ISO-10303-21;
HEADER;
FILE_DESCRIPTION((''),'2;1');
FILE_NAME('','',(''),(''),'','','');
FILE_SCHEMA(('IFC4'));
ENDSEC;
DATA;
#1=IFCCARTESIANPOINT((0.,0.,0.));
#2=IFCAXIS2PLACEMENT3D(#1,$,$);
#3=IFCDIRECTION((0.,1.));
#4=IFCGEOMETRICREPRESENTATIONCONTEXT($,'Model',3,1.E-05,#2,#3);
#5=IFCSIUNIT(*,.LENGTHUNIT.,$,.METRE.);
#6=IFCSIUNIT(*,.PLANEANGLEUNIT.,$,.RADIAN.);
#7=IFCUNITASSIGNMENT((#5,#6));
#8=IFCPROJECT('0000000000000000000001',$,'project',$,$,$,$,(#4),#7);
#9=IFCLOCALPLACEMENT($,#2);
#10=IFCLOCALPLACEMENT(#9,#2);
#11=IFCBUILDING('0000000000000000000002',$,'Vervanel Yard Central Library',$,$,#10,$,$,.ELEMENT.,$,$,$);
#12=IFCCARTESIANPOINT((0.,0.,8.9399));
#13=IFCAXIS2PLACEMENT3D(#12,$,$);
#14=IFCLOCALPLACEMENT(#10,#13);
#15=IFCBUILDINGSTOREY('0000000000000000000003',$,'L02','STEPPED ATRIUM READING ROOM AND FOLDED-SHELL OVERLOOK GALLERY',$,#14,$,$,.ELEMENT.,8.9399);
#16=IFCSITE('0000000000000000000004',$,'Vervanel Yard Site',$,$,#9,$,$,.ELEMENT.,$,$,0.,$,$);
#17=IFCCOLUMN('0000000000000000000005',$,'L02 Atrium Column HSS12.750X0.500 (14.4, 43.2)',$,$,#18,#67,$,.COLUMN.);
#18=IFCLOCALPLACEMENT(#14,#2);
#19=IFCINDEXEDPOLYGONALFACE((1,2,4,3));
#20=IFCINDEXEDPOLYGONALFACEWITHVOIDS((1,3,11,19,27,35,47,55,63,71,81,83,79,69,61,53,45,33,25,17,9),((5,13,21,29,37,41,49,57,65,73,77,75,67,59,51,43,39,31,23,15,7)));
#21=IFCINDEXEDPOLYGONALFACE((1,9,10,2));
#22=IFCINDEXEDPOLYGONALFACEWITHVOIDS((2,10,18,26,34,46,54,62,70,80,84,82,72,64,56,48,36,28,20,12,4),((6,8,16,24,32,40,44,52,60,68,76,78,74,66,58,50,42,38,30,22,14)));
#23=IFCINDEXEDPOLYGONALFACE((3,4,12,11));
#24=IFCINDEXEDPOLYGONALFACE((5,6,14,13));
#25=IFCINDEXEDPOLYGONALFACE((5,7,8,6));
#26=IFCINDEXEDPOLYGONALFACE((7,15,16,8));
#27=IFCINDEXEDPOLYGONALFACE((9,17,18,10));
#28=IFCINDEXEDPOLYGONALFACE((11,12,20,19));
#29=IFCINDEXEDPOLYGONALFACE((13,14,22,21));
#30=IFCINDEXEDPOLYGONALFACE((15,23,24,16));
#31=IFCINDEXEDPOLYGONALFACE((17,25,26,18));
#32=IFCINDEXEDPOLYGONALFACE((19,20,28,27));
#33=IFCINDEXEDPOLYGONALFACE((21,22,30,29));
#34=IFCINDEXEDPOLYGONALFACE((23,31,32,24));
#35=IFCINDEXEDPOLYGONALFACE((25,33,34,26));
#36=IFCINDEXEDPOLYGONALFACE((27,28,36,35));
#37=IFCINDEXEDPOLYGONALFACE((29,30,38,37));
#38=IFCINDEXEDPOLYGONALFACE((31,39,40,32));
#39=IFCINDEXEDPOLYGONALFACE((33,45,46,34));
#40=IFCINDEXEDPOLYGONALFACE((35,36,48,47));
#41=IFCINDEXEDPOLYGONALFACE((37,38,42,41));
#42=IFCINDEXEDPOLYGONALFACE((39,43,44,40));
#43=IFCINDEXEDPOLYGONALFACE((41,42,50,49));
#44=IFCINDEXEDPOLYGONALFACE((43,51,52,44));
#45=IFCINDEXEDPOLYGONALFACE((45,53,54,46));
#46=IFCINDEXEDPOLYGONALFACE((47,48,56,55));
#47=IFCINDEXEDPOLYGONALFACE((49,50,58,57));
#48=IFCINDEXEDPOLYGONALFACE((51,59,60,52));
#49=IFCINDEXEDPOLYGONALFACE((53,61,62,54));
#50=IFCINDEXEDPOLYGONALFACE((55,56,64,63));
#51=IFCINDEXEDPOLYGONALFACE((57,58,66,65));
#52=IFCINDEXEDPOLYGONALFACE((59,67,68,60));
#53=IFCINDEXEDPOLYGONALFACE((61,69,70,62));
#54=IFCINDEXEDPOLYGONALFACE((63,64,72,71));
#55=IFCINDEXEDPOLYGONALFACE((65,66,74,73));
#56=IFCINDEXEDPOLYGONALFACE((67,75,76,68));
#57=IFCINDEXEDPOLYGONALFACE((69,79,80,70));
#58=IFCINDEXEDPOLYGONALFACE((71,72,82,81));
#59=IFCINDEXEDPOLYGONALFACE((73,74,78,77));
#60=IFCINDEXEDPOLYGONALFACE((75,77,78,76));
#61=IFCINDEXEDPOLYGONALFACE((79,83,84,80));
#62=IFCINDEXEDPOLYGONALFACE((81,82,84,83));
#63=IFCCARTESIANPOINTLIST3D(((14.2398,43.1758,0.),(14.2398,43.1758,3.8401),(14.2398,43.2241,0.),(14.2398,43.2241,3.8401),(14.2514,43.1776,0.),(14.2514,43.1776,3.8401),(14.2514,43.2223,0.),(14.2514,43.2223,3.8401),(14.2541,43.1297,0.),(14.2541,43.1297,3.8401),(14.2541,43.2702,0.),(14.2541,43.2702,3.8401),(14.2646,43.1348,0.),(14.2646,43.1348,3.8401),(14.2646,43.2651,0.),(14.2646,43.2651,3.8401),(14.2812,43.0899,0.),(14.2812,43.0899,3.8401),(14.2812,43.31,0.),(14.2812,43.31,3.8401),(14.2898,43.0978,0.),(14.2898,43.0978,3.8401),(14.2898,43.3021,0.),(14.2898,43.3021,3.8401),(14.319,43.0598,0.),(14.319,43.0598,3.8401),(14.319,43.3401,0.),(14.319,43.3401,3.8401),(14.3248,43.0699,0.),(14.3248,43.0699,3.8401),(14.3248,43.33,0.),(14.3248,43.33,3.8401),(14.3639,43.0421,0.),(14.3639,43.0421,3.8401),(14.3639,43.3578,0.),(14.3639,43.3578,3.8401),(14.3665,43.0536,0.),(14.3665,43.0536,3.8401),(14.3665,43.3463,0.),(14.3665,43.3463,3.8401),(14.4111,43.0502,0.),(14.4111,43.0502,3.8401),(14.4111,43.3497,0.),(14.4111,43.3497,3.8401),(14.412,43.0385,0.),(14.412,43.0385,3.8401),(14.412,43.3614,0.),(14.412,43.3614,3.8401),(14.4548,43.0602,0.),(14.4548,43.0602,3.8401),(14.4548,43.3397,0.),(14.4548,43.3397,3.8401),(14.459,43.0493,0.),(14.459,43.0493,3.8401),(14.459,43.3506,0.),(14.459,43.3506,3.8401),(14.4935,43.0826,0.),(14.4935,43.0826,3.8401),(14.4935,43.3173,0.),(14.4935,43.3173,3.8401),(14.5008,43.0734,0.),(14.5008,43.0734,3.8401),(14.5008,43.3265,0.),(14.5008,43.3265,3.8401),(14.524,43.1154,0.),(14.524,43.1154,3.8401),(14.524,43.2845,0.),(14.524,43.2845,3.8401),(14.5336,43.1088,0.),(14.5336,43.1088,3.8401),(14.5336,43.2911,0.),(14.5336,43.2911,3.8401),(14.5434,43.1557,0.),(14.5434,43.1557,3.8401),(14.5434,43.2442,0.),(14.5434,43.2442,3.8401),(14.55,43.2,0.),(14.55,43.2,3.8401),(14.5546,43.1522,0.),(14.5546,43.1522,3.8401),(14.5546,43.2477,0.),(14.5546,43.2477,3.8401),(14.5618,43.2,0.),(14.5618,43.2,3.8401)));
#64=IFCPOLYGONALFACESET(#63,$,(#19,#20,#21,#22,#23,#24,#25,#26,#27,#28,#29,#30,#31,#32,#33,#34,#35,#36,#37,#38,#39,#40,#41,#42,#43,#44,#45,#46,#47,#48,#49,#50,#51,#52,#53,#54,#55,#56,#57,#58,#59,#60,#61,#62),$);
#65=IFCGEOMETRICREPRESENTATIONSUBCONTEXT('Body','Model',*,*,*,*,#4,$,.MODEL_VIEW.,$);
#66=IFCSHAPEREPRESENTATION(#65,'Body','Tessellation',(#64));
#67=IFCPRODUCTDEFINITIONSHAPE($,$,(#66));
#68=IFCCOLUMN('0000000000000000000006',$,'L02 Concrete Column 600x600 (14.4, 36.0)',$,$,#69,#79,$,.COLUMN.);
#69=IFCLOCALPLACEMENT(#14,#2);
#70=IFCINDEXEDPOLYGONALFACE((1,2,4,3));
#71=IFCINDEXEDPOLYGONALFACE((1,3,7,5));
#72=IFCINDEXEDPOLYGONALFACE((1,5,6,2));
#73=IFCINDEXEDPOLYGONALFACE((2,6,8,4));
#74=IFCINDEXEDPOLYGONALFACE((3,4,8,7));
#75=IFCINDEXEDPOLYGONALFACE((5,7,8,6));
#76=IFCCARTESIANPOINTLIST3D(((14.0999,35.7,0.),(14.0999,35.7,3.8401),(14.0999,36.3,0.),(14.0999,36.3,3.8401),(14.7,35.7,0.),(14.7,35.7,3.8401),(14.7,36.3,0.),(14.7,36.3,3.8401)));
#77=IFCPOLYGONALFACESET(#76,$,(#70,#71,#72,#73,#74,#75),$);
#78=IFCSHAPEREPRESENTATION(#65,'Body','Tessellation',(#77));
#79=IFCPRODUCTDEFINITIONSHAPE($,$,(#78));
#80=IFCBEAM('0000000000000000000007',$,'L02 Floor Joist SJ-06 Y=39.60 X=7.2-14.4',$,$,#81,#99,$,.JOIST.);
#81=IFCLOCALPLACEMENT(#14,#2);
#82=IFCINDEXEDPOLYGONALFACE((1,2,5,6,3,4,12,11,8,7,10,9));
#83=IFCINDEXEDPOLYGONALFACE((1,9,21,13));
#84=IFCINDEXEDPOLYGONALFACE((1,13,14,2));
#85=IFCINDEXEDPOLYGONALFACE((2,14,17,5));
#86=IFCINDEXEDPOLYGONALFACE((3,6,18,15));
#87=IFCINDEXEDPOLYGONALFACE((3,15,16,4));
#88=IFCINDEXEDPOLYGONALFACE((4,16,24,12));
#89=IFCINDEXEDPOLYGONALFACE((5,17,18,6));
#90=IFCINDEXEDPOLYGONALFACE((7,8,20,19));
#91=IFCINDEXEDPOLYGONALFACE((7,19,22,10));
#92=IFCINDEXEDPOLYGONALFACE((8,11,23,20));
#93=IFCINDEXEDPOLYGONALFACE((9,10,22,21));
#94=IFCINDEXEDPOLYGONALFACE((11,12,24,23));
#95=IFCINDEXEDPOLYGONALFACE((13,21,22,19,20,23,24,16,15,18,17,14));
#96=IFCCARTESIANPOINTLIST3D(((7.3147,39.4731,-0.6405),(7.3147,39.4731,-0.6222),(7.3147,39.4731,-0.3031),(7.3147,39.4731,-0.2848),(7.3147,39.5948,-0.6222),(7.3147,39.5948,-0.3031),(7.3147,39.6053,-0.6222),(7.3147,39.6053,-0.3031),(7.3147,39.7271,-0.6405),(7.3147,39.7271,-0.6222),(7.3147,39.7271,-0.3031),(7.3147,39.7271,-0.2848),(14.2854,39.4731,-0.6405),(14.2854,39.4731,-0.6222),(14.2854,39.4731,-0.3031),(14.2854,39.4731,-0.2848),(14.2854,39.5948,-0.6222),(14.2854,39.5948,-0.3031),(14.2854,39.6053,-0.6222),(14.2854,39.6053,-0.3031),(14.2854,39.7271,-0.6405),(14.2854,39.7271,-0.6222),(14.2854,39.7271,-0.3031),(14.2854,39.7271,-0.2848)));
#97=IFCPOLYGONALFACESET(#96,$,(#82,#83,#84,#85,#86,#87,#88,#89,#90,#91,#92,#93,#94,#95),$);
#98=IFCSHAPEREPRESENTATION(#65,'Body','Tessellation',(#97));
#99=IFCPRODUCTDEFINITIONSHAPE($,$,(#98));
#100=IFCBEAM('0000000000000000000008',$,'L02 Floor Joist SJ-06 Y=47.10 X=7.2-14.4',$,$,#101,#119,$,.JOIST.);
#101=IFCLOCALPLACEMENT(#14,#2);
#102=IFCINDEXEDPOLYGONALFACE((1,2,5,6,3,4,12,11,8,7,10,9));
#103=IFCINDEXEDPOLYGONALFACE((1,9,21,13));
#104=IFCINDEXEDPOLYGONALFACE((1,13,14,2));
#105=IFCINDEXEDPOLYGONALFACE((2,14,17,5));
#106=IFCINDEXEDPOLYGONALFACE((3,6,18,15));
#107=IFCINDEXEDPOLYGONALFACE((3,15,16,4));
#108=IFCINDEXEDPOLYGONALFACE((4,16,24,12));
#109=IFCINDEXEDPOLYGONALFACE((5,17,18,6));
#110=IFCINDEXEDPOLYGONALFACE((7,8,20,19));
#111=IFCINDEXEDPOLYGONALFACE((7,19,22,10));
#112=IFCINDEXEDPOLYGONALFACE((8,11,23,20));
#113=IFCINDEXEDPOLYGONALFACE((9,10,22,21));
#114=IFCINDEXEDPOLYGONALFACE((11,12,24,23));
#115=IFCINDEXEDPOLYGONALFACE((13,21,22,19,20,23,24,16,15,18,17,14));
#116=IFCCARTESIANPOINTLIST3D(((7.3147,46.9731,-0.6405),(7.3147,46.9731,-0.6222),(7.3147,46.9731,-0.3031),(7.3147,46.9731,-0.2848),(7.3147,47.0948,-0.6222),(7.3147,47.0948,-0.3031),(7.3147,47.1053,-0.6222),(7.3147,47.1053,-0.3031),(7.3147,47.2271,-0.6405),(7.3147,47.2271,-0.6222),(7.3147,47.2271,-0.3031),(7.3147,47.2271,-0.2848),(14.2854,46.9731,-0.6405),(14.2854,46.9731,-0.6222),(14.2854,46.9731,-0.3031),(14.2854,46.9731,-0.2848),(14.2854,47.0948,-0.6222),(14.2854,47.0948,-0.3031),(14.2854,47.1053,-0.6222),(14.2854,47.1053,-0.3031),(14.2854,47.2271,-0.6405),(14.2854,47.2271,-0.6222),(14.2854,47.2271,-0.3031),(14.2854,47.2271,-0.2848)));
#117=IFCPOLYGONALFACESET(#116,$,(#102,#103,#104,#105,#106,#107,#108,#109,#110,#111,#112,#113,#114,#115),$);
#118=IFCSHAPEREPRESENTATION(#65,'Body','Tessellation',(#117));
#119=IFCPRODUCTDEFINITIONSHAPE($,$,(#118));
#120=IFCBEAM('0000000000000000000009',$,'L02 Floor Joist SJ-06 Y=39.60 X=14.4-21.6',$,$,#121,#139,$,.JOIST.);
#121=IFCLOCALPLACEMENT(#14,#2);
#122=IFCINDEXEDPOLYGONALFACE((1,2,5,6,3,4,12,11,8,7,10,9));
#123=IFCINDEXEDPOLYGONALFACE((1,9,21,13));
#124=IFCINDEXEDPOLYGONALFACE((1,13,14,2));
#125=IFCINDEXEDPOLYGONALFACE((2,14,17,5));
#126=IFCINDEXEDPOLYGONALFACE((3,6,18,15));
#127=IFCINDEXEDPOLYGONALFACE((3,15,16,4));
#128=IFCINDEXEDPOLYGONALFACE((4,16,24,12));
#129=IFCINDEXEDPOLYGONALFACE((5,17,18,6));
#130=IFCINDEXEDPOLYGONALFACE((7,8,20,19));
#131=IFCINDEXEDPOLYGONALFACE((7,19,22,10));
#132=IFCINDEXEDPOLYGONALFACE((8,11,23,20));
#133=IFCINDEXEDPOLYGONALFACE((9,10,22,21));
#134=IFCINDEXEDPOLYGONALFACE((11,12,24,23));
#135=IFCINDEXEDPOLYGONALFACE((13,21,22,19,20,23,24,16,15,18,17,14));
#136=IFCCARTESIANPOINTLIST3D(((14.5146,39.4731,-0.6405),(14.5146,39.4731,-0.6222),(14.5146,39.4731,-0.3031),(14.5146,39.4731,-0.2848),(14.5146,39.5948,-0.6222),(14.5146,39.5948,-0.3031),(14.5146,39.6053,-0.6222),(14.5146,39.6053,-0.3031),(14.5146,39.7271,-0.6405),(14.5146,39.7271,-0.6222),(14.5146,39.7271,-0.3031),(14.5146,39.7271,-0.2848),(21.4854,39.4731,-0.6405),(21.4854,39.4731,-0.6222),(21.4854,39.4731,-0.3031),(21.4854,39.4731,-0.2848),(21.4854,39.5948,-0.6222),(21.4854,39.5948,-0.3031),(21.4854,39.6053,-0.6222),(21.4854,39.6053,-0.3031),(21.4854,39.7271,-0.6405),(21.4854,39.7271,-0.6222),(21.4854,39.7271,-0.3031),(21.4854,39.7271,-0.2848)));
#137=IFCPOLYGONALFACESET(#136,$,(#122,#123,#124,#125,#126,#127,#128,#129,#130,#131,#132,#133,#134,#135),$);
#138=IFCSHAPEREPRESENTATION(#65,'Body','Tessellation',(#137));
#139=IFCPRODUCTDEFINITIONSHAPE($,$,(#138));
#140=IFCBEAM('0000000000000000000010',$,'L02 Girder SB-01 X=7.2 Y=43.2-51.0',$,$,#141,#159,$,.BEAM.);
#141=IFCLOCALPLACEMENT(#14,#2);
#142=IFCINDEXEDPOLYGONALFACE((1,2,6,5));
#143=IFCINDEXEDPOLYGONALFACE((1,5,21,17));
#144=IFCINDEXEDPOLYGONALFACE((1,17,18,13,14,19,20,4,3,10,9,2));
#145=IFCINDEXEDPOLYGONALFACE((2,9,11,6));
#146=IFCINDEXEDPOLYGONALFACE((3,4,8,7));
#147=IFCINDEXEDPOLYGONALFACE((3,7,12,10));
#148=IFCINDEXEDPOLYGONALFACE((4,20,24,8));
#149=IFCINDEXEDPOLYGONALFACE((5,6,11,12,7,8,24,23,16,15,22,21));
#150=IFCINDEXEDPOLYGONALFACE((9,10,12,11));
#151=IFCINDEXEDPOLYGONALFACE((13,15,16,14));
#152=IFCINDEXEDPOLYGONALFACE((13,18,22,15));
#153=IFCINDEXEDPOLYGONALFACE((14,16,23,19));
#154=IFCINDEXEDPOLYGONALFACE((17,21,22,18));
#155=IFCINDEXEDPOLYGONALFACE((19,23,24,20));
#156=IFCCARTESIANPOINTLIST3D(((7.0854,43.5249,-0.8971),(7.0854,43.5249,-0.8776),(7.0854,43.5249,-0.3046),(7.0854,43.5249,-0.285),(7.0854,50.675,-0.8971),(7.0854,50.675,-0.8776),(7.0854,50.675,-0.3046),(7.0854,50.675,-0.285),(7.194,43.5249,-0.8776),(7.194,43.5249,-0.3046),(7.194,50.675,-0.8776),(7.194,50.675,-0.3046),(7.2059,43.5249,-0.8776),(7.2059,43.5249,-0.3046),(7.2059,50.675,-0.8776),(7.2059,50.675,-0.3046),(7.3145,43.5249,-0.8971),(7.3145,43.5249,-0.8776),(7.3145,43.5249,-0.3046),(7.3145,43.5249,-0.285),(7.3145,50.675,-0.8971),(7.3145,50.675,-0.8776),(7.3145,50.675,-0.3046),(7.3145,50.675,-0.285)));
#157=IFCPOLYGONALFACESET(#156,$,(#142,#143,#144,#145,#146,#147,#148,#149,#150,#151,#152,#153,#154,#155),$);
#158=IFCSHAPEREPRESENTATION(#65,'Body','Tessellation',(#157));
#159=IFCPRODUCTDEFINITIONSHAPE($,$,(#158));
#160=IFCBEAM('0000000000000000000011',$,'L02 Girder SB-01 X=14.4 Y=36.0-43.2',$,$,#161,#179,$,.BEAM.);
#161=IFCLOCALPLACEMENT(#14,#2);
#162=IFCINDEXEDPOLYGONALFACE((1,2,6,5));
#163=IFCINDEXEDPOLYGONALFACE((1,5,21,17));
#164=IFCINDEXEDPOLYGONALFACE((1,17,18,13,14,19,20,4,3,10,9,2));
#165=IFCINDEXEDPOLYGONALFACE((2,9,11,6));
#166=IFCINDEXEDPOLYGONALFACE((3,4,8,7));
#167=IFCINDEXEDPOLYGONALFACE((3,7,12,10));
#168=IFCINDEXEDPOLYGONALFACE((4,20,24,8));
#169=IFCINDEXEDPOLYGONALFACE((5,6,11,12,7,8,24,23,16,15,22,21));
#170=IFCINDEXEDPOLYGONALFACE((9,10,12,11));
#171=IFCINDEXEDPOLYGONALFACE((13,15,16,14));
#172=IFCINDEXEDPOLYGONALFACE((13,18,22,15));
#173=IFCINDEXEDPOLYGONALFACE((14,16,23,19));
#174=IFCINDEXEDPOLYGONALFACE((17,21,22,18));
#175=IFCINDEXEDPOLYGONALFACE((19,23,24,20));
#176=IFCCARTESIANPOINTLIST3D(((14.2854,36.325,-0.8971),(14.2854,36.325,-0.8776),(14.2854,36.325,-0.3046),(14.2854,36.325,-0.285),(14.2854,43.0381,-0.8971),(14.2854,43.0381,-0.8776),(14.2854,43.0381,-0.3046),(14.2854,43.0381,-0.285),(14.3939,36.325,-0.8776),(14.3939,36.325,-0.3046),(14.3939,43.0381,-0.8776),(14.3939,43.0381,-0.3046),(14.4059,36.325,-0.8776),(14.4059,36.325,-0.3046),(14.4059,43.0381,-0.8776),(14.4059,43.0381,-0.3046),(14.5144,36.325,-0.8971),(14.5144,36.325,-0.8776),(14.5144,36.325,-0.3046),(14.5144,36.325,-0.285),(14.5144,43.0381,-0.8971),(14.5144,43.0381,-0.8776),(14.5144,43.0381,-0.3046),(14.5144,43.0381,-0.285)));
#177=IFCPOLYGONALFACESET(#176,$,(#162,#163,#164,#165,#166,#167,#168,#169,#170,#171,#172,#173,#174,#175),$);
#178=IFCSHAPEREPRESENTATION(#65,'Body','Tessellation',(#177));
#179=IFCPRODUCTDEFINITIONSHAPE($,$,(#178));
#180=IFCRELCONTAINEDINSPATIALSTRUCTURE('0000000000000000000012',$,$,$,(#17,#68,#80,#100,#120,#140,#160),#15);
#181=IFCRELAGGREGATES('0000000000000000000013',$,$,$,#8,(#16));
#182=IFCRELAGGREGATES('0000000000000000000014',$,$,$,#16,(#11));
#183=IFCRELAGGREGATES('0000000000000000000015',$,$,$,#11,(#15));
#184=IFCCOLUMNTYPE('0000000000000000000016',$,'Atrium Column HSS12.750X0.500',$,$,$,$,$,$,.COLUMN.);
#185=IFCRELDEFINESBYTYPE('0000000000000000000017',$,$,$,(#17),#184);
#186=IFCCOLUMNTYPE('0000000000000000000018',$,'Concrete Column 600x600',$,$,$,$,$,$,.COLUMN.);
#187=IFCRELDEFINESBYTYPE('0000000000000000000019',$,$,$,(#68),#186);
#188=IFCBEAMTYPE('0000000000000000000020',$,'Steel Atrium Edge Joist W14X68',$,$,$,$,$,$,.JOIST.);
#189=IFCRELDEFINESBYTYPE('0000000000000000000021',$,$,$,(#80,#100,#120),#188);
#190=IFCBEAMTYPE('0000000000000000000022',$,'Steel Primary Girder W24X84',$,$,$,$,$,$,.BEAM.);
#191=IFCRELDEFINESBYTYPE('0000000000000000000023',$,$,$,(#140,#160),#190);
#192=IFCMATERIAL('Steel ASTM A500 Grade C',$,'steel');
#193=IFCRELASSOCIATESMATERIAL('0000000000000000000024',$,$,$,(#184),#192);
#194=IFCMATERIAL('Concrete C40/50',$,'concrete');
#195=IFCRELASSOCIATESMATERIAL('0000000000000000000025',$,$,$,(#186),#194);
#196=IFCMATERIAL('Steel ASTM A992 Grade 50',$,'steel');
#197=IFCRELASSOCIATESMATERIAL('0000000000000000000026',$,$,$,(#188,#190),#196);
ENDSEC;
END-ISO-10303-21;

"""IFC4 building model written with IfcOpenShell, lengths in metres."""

from ifc_helpers import new_model, si_unit, direction, frame, origin, origin_2d, place, context, subcontext, project, spatial, rectangle, hollow_circle, i_section, extrude, material, material_profile, profile_set, type_object, element, save


model = new_model("IFC4")

# Units and contexts
model_context = context("Model", 3, precision=1e-05, world=origin(), true_north=direction((0.0, 1.0)))
body_context = subcontext(model_context, "Body", "Model", "MODEL_VIEW")
ifc_project = project(units=[si_unit("LENGTHUNIT", "METRE"), si_unit("PLANEANGLEUNIT", "RADIAN")], contexts=[model_context])

# Site, building, storey
site_placement = place(None, origin())
site = spatial("IfcSite", under=ifc_project, at=site_placement, Name="Vervanel Yard Site", CompositionType="ELEMENT", RefElevation=0.0)
building_placement = place(site_placement, origin())
building = spatial("IfcBuilding", under=site, at=building_placement, Name="Vervanel Yard Central Library", CompositionType="ELEMENT")
storey_placement = place(building_placement, frame((0.0, 0.0, 8.9399)))
storey = spatial("IfcBuildingStorey", under=building, at=storey_placement, Name="L02", Description="STEPPED ATRIUM READING ROOM AND FOLDED-SHELL OVERLOOK GALLERY", CompositionType="ELEMENT", Elevation=8.9399)

# Columns
ifc_material_1 = material(Name="Steel ASTM A500 Grade C", Category="steel")
ifc_material_profile_1 = material_profile(ifc_material_1, hollow_circle(Radius=0.1619, WallThickness=0.0117, at=origin_2d()), Name="HSS12.750X0.500", Category="steel")
ifc_profile_set_1 = profile_set([ifc_material_profile_1], Name="Steel ASTM A500 Grade C")
column_type_1 = type_object("IfcColumnType", Name="Atrium Column HSS12.750X0.500", PredefinedType="COLUMN", material=ifc_profile_set_1)
column_1_placement = place(storey_placement, frame((14.3999, 43.2, 0.0), z_axis=(0.0, 0.0, 1.0), x_axis=(1.0, 0.0, 0.0)))
element("IfcColumn", 1, at=column_1_placement, inside=storey, type_object=column_type_1, Name="L02 Atrium Column HSS12.750X0.500 (14.4, 43.2)", PredefinedType="COLUMN", context=body_context, shape_type="SweptSolid", body=[
    extrude(hollow_circle(Radius=0.1619, WallThickness=0.0117, at=origin_2d()), origin(), (0.0, 0.0, 1.0), 3.8401),
])
ifc_material_2 = material(Name="Concrete C40/50", Category="concrete")
ifc_material_profile_2 = material_profile(ifc_material_2, rectangle(XDim=0.6001, YDim=0.6001, at=origin_2d()), Name="RC 600x600", Category="concrete")
ifc_profile_set_2 = profile_set([ifc_material_profile_2], Name="Concrete C40/50")
column_type_2 = type_object("IfcColumnType", Name="Concrete Column 600x600", PredefinedType="COLUMN", material=ifc_profile_set_2)
column_2_placement = place(storey_placement, frame((14.3999, 36.0, 0.0), z_axis=(0.0, 0.0, 1.0), x_axis=(1.0, 0.0, 0.0)))
element("IfcColumn", 2, at=column_2_placement, inside=storey, type_object=column_type_2, Name="L02 Concrete Column 600x600 (14.4, 36.0)", PredefinedType="COLUMN", context=body_context, shape_type="SweptSolid", body=[
    extrude(rectangle(XDim=0.6001, YDim=0.6001, at=origin_2d()), origin(), (0.0, 0.0, 1.0), 3.8401),
])

# Beams
ifc_material_3 = material(Name="Steel ASTM A992 Grade 50", Category="steel")
ifc_material_profile_3 = material_profile(ifc_material_3, i_section(OverallWidth=0.2539, OverallDepth=0.3557, WebThickness=0.0105, FlangeThickness=0.0183, at=origin_2d()), Name="W14X68", Category="steel")
ifc_profile_set_3 = profile_set([ifc_material_profile_3], Name="Steel ASTM A992 Grade 50")
beam_type_1 = type_object("IfcBeamType", Name="Steel Atrium Edge Joist W14X68", PredefinedType="JOIST", material=ifc_profile_set_3)
for number, where, z_axis, x_axis, name in (
    (3, (7.3147, 39.6001, -0.4626), (1.0, 0.0, 0.0), (0.0, 1.0, 0.0), "L02 Floor Joist SJ-06 Y=39.60 X=7.2-14.4"),
    (4, (7.3147, 47.1001, -0.4626), (1.0, 0.0, 0.0), (0.0, 1.0, 0.0), "L02 Floor Joist SJ-06 Y=47.10 X=7.2-14.4"),
    (5, (14.5146, 39.6001, -0.4626), (1.0, 0.0, 0.0), (0.0, 1.0, 0.0), "L02 Floor Joist SJ-06 Y=39.60 X=14.4-21.6"),
):
    element("IfcBeam", number, at=place(storey_placement, frame(where, z_axis=z_axis, x_axis=x_axis)), inside=storey, type_object=beam_type_1, Name=name, PredefinedType="JOIST", context=body_context, shape_type="SweptSolid", body=[
        extrude(i_section(OverallWidth=0.2539, OverallDepth=0.3557, WebThickness=0.0105, FlangeThickness=0.0183, at=origin_2d()), origin(), (0.0, 0.0, 1.0), 6.9707),
    ])
ifc_material_profile_4 = material_profile(ifc_material_3, i_section(OverallWidth=0.229, OverallDepth=0.6121, WebThickness=0.012, FlangeThickness=0.0195, at=origin_2d()), Name="W24X84", Category="steel")
ifc_profile_set_4 = profile_set([ifc_material_profile_4], Name="Steel ASTM A992 Grade 50")
beam_type_2 = type_object("IfcBeamType", Name="Steel Primary Girder W24X84", PredefinedType="BEAM", material=ifc_profile_set_4)
beam_1_placement = place(storey_placement, frame((7.2, 43.5249, -0.5911), z_axis=(0.0, 1.0, 0.0), x_axis=(-1.0, 0.0, 0.0)))
element("IfcBeam", 6, at=beam_1_placement, inside=storey, type_object=beam_type_2, Name="L02 Girder SB-01 X=7.2 Y=43.2-51.0", PredefinedType="BEAM", context=body_context, shape_type="SweptSolid", body=[
    extrude(i_section(OverallWidth=0.229, OverallDepth=0.6121, WebThickness=0.012, FlangeThickness=0.0195, at=origin_2d()), origin(), (0.0, 0.0, 1.0), 7.1501),
])
beam_2_placement = place(storey_placement, frame((14.3999, 36.325, -0.5911), z_axis=(0.0, 1.0, 0.0), x_axis=(-1.0, 0.0, 0.0)))
element("IfcBeam", 7, at=beam_2_placement, inside=storey, type_object=beam_type_2, Name="L02 Girder SB-01 X=14.4 Y=36.0-43.2", PredefinedType="BEAM", context=body_context, shape_type="SweptSolid", body=[
    extrude(i_section(OverallWidth=0.229, OverallDepth=0.6121, WebThickness=0.012, FlangeThickness=0.0195, at=origin_2d()), origin(), (0.0, 0.0, 1.0), 6.7131),
])

save(model, "model.ifc")
